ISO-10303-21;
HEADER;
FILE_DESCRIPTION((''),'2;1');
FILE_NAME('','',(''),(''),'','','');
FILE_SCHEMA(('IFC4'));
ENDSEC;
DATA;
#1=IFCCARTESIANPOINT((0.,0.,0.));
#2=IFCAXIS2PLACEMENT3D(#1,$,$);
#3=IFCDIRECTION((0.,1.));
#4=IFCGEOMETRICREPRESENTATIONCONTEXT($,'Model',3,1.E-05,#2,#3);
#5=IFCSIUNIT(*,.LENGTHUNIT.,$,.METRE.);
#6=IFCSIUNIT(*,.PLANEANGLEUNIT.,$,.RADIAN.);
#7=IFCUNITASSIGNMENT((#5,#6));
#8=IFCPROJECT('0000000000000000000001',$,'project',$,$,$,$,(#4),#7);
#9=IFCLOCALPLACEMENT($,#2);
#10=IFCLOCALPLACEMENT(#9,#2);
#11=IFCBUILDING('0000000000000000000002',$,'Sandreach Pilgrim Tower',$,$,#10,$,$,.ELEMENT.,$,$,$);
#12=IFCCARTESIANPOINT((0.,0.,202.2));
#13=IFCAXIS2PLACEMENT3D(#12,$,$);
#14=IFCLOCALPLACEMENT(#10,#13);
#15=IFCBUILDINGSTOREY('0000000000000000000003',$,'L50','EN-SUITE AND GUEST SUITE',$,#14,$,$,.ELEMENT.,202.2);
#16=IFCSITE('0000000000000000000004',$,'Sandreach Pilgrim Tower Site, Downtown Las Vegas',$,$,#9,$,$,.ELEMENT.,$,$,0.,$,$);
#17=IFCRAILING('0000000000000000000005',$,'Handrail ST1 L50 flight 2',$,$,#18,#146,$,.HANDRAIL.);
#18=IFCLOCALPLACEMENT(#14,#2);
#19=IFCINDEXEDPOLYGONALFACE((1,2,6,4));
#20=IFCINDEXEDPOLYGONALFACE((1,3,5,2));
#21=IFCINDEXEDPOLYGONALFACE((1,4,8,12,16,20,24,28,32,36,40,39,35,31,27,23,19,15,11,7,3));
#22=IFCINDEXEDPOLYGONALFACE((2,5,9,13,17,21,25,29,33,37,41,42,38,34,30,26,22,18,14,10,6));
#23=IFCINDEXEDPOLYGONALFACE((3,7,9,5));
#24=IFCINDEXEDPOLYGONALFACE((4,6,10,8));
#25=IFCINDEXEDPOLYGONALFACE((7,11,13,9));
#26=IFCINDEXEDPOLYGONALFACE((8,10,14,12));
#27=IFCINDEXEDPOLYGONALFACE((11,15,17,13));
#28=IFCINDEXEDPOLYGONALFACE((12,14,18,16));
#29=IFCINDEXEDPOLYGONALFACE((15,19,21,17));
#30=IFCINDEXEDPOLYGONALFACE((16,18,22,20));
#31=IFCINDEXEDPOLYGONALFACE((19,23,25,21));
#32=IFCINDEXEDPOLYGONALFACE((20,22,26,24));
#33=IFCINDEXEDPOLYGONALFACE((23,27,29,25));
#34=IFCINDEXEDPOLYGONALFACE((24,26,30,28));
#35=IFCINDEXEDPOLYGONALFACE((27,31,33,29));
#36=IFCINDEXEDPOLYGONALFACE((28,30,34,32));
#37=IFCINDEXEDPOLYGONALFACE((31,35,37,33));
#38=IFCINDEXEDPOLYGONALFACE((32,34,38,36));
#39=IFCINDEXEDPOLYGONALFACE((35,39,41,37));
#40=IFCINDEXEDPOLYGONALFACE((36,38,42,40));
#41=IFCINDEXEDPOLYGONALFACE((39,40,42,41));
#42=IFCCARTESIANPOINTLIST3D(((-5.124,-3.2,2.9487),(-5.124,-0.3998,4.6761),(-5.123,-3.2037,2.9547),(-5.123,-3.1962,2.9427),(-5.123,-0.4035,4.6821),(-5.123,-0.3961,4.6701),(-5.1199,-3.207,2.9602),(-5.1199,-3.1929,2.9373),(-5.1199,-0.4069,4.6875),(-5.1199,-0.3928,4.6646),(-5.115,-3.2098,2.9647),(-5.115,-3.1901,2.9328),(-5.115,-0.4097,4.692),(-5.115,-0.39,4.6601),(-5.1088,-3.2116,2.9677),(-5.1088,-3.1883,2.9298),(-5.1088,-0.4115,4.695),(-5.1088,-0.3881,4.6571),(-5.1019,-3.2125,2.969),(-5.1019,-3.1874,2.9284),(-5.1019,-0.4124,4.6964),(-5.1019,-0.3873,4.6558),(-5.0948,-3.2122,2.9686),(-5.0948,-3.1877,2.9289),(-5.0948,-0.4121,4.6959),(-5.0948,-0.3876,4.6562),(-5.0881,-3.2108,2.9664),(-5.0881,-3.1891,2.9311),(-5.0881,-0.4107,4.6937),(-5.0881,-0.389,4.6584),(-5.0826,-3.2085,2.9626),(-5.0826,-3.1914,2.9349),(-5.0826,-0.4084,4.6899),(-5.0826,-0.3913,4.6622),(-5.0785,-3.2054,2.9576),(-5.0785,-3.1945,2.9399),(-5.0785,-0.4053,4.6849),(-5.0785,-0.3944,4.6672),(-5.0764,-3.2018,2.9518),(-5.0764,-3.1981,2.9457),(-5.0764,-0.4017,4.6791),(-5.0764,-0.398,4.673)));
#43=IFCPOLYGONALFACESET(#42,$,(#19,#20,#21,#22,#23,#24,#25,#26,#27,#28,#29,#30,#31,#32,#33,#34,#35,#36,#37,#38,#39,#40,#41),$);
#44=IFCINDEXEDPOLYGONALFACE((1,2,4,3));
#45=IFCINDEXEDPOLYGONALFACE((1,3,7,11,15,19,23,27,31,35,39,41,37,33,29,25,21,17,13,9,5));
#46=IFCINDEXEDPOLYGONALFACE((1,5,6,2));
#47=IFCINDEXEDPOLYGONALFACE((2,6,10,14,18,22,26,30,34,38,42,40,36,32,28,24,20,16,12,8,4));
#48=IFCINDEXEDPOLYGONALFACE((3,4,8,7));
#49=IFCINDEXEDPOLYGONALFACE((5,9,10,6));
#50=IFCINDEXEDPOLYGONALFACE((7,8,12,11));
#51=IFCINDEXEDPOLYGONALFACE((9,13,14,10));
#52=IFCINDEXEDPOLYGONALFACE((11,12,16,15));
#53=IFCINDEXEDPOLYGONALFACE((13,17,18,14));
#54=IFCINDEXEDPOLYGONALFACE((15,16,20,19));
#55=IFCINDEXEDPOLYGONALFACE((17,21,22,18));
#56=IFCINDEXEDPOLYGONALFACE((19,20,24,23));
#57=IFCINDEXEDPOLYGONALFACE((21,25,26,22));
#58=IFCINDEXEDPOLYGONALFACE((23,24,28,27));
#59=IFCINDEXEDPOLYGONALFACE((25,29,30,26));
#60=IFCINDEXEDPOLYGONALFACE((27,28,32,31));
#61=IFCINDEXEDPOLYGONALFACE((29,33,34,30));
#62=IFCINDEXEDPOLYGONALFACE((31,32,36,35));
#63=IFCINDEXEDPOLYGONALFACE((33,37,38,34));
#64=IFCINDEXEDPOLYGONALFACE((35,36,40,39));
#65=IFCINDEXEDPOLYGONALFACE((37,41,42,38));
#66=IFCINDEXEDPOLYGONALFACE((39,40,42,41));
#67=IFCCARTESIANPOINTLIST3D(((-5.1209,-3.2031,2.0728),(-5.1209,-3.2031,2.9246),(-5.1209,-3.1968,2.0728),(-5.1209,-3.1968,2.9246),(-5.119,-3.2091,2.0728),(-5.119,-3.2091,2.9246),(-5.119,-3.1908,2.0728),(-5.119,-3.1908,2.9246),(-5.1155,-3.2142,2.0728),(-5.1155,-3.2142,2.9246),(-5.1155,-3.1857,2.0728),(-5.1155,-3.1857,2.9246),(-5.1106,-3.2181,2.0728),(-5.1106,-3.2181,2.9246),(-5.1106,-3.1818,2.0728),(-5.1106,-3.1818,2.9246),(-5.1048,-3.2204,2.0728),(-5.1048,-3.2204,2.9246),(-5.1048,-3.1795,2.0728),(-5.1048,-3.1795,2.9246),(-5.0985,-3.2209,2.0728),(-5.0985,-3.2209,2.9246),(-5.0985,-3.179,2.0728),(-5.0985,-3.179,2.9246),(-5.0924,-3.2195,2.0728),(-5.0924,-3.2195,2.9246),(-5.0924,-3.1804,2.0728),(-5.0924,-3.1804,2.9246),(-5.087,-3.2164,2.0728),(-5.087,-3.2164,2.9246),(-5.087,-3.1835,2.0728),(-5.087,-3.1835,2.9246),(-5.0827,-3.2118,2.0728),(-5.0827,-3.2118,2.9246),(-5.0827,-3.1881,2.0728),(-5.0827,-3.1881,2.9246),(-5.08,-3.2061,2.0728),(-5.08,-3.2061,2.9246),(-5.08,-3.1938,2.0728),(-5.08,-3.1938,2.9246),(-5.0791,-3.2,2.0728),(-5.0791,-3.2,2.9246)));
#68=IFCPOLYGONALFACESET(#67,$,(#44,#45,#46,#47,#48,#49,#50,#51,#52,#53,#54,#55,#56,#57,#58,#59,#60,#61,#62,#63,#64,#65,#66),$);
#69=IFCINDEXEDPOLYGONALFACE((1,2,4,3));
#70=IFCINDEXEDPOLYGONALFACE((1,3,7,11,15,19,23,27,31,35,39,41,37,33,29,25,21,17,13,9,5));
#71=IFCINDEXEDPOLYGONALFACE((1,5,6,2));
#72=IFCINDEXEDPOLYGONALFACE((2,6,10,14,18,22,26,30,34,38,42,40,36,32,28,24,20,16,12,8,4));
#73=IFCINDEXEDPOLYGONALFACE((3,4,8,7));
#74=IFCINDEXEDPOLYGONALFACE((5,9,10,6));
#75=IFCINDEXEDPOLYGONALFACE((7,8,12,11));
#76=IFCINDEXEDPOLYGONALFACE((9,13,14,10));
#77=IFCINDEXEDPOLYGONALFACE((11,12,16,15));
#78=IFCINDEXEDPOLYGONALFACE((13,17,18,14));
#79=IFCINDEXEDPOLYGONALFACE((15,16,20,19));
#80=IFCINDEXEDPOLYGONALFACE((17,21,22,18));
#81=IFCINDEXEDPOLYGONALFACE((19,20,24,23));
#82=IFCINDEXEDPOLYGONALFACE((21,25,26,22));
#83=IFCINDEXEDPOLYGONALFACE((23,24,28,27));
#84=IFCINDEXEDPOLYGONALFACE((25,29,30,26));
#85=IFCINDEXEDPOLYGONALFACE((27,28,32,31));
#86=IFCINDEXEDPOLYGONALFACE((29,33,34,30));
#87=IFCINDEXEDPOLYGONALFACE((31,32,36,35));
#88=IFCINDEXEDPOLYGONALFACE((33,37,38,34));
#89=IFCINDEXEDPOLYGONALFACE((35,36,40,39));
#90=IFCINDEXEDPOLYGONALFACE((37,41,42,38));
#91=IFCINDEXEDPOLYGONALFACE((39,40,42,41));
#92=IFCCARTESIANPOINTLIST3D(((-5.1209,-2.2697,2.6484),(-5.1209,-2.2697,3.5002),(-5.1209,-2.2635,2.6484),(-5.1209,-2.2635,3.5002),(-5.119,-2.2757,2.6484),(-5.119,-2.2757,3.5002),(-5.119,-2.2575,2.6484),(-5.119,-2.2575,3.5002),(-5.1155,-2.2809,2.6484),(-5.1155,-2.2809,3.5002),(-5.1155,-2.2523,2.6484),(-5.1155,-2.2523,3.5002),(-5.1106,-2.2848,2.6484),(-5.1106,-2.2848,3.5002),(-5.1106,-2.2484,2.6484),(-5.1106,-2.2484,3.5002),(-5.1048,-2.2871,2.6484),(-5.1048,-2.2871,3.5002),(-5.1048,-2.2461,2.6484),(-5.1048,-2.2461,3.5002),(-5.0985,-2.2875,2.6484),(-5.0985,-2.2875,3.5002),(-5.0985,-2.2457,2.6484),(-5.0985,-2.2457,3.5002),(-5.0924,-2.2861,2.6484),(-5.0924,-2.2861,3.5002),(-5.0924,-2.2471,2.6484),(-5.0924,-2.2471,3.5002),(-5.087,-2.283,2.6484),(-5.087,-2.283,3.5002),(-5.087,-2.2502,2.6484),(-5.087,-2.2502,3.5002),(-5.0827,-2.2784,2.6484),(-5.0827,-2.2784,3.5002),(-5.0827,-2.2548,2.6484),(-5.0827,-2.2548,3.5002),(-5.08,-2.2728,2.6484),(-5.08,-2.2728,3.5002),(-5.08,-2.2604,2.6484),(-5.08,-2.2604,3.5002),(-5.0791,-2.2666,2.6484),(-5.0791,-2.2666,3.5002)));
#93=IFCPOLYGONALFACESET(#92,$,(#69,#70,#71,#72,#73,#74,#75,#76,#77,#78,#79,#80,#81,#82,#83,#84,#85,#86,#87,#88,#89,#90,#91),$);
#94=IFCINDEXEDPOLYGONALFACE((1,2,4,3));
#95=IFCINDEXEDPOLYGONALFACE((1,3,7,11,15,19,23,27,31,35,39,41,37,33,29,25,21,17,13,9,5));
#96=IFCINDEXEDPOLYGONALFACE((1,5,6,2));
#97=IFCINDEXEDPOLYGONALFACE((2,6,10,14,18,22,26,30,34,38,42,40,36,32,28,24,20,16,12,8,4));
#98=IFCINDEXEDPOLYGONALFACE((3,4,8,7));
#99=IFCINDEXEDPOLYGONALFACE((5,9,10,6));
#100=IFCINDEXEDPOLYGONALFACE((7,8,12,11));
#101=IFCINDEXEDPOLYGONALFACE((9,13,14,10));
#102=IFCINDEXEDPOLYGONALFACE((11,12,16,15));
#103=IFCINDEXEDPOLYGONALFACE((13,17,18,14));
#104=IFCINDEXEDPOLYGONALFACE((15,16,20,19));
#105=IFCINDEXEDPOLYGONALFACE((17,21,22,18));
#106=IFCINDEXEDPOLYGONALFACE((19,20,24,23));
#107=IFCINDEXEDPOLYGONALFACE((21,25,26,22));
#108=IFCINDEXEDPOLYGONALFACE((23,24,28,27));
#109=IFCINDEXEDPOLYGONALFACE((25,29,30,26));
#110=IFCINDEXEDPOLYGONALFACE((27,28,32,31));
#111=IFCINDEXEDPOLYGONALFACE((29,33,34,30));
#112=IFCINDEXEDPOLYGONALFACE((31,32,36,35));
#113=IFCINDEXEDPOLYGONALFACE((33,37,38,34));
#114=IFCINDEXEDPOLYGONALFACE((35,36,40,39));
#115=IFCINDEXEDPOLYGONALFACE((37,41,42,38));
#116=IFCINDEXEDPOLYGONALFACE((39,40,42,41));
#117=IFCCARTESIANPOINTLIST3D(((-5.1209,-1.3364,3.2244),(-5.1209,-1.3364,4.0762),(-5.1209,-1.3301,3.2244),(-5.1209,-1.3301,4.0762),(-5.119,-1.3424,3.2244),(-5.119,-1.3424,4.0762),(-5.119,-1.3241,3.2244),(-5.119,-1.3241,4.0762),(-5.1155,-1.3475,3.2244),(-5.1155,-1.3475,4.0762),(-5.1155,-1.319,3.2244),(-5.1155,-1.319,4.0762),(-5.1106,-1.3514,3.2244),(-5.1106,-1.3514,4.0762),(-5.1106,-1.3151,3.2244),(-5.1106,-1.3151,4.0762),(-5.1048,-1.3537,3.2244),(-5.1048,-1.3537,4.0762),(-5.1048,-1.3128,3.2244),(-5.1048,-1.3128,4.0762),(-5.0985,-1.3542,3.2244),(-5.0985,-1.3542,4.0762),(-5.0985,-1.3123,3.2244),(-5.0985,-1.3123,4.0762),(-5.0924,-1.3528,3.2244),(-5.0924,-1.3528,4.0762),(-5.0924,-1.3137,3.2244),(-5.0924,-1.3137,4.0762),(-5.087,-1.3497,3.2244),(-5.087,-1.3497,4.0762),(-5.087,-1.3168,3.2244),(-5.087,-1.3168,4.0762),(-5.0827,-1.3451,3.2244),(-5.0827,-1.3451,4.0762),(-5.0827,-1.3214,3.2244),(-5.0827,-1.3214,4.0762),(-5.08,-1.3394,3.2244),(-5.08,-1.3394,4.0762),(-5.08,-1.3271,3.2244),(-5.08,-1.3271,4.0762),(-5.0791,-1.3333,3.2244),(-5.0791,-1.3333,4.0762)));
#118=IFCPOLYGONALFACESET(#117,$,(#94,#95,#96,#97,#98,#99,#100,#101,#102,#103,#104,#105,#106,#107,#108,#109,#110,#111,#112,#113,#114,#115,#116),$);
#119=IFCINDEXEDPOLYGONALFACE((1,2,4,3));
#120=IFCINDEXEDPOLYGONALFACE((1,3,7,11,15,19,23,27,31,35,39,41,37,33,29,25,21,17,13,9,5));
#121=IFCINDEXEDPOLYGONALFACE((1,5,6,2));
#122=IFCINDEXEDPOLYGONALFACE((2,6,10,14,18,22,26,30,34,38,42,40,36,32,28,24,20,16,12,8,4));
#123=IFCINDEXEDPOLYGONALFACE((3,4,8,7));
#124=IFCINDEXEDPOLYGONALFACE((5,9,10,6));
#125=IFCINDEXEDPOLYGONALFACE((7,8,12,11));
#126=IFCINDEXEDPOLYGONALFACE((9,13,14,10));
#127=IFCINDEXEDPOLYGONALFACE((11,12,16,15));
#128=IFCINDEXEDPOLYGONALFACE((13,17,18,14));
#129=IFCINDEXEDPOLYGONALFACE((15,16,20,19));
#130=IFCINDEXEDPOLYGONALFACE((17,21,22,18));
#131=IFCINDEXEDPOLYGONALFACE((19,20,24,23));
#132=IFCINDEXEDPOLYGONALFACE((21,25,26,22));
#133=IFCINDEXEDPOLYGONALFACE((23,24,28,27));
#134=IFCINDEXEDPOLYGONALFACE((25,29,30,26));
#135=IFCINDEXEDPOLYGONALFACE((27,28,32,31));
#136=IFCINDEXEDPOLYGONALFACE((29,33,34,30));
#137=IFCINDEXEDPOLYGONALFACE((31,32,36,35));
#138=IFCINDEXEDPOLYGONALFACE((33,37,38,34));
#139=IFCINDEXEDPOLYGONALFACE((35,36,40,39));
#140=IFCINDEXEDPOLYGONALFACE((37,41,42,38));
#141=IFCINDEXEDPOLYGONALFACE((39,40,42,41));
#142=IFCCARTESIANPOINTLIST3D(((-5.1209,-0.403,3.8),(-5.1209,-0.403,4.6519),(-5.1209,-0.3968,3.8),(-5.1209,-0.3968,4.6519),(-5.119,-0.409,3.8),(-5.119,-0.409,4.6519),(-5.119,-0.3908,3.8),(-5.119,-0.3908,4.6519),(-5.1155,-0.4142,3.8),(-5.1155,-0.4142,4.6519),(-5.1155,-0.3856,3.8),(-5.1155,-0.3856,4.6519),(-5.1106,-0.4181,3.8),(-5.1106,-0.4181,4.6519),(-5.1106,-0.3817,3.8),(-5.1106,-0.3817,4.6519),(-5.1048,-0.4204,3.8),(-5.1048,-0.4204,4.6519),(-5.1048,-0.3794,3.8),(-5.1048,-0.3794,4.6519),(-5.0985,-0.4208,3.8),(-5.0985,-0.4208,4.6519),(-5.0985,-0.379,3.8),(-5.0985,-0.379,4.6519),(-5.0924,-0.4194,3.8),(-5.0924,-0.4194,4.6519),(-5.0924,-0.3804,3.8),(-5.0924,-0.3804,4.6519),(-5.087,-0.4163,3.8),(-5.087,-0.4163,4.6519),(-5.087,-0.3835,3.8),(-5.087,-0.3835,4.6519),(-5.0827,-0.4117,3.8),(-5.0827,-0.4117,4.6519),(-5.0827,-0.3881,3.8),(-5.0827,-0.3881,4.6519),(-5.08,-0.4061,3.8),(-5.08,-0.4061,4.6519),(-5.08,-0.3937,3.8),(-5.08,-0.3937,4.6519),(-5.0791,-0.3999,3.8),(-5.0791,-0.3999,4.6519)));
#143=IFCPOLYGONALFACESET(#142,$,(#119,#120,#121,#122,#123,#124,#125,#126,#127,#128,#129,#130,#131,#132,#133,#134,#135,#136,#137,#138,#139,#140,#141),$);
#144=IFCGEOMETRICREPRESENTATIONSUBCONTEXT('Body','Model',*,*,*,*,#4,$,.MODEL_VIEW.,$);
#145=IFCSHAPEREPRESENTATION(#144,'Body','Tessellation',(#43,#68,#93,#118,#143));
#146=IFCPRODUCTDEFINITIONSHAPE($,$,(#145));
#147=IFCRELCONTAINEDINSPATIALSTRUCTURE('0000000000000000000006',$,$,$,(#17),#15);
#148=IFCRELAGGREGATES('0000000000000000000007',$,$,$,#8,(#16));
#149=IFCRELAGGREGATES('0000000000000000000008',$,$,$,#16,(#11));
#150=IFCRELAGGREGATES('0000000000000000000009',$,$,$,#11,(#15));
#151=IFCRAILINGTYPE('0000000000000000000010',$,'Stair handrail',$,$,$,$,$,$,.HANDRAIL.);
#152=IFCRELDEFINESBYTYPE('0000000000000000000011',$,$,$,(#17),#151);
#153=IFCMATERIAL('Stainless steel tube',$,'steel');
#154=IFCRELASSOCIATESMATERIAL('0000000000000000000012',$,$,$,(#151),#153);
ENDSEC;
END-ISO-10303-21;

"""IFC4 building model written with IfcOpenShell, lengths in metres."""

from ifc_helpers import new_model, si_unit, direction, frame, origin, origin_2d, place, context, subcontext, project, spatial, circle, extrude, material, type_object, element, save


model = new_model("IFC4")

# Units and contexts
model_context = context("Model", 3, precision=1e-05, world=origin(), true_north=direction((0.0, 1.0)))
body_context = subcontext(model_context, "Body", "Model", "MODEL_VIEW")
ifc_project = project(units=[si_unit("LENGTHUNIT", "METRE"), si_unit("PLANEANGLEUNIT", "RADIAN")], contexts=[model_context])

# Site, building, storey
site_placement = place(None, origin())
site = spatial("IfcSite", under=ifc_project, at=site_placement, Name="Sandreach Pilgrim Tower Site, Downtown Las Vegas", CompositionType="ELEMENT", RefElevation=0.0)
building_placement = place(site_placement, origin())
building = spatial("IfcBuilding", under=site, at=building_placement, Name="Sandreach Pilgrim Tower", CompositionType="ELEMENT")
storey_placement = place(building_placement, frame((0.0, 0.0, 202.2)))
storey = spatial("IfcBuildingStorey", under=building, at=storey_placement, Name="L50", Description="EN-SUITE AND GUEST SUITE", CompositionType="ELEMENT", Elevation=202.2)

# Railing
ifc_material_1 = material(Name="Stainless steel tube", Category="steel")
railing_type = type_object("IfcRailingType", Name="Stair handrail", PredefinedType="HANDRAIL", material=ifc_material_1)
for number, where, name in (
    (1, (-5.1001, -3.2, 2.0728), "Handrail ST1 L50 flight 2"),
):
    element("IfcRailing", number, at=place(storey_placement, frame(where)), inside=storey, type_object=railing_type, Name=name, PredefinedType="HANDRAIL", context=body_context, shape_type="SweptSolid", body=[
        extrude(circle(Radius=0.0239, at=origin_2d()), frame((0.0, 0.0, 0.876), z_axis=(0.0, 0.85109, 0.52502), x_axis=(-1.0, 0.0, 0.0)), (0.0, 0.0, 1.0), 3.29),
        extrude(circle(Radius=0.021, at=origin_2d()), origin(), (0.0, 0.0, 1.0), 0.8518),
        extrude(circle(Radius=0.021, at=origin_2d()), frame((0.0, 0.9333, 0.5757)), (0.0, 0.0, 1.0), 0.8518),
        extrude(circle(Radius=0.021, at=origin_2d()), frame((0.0, 1.8667, 1.1516)), (0.0, 0.0, 1.0), 0.8518),
        extrude(circle(Radius=0.021, at=origin_2d()), frame((0.0, 2.8, 1.7273)), (0.0, 0.0, 1.0), 0.8518),
    ])

save(model, "model.ifc")
